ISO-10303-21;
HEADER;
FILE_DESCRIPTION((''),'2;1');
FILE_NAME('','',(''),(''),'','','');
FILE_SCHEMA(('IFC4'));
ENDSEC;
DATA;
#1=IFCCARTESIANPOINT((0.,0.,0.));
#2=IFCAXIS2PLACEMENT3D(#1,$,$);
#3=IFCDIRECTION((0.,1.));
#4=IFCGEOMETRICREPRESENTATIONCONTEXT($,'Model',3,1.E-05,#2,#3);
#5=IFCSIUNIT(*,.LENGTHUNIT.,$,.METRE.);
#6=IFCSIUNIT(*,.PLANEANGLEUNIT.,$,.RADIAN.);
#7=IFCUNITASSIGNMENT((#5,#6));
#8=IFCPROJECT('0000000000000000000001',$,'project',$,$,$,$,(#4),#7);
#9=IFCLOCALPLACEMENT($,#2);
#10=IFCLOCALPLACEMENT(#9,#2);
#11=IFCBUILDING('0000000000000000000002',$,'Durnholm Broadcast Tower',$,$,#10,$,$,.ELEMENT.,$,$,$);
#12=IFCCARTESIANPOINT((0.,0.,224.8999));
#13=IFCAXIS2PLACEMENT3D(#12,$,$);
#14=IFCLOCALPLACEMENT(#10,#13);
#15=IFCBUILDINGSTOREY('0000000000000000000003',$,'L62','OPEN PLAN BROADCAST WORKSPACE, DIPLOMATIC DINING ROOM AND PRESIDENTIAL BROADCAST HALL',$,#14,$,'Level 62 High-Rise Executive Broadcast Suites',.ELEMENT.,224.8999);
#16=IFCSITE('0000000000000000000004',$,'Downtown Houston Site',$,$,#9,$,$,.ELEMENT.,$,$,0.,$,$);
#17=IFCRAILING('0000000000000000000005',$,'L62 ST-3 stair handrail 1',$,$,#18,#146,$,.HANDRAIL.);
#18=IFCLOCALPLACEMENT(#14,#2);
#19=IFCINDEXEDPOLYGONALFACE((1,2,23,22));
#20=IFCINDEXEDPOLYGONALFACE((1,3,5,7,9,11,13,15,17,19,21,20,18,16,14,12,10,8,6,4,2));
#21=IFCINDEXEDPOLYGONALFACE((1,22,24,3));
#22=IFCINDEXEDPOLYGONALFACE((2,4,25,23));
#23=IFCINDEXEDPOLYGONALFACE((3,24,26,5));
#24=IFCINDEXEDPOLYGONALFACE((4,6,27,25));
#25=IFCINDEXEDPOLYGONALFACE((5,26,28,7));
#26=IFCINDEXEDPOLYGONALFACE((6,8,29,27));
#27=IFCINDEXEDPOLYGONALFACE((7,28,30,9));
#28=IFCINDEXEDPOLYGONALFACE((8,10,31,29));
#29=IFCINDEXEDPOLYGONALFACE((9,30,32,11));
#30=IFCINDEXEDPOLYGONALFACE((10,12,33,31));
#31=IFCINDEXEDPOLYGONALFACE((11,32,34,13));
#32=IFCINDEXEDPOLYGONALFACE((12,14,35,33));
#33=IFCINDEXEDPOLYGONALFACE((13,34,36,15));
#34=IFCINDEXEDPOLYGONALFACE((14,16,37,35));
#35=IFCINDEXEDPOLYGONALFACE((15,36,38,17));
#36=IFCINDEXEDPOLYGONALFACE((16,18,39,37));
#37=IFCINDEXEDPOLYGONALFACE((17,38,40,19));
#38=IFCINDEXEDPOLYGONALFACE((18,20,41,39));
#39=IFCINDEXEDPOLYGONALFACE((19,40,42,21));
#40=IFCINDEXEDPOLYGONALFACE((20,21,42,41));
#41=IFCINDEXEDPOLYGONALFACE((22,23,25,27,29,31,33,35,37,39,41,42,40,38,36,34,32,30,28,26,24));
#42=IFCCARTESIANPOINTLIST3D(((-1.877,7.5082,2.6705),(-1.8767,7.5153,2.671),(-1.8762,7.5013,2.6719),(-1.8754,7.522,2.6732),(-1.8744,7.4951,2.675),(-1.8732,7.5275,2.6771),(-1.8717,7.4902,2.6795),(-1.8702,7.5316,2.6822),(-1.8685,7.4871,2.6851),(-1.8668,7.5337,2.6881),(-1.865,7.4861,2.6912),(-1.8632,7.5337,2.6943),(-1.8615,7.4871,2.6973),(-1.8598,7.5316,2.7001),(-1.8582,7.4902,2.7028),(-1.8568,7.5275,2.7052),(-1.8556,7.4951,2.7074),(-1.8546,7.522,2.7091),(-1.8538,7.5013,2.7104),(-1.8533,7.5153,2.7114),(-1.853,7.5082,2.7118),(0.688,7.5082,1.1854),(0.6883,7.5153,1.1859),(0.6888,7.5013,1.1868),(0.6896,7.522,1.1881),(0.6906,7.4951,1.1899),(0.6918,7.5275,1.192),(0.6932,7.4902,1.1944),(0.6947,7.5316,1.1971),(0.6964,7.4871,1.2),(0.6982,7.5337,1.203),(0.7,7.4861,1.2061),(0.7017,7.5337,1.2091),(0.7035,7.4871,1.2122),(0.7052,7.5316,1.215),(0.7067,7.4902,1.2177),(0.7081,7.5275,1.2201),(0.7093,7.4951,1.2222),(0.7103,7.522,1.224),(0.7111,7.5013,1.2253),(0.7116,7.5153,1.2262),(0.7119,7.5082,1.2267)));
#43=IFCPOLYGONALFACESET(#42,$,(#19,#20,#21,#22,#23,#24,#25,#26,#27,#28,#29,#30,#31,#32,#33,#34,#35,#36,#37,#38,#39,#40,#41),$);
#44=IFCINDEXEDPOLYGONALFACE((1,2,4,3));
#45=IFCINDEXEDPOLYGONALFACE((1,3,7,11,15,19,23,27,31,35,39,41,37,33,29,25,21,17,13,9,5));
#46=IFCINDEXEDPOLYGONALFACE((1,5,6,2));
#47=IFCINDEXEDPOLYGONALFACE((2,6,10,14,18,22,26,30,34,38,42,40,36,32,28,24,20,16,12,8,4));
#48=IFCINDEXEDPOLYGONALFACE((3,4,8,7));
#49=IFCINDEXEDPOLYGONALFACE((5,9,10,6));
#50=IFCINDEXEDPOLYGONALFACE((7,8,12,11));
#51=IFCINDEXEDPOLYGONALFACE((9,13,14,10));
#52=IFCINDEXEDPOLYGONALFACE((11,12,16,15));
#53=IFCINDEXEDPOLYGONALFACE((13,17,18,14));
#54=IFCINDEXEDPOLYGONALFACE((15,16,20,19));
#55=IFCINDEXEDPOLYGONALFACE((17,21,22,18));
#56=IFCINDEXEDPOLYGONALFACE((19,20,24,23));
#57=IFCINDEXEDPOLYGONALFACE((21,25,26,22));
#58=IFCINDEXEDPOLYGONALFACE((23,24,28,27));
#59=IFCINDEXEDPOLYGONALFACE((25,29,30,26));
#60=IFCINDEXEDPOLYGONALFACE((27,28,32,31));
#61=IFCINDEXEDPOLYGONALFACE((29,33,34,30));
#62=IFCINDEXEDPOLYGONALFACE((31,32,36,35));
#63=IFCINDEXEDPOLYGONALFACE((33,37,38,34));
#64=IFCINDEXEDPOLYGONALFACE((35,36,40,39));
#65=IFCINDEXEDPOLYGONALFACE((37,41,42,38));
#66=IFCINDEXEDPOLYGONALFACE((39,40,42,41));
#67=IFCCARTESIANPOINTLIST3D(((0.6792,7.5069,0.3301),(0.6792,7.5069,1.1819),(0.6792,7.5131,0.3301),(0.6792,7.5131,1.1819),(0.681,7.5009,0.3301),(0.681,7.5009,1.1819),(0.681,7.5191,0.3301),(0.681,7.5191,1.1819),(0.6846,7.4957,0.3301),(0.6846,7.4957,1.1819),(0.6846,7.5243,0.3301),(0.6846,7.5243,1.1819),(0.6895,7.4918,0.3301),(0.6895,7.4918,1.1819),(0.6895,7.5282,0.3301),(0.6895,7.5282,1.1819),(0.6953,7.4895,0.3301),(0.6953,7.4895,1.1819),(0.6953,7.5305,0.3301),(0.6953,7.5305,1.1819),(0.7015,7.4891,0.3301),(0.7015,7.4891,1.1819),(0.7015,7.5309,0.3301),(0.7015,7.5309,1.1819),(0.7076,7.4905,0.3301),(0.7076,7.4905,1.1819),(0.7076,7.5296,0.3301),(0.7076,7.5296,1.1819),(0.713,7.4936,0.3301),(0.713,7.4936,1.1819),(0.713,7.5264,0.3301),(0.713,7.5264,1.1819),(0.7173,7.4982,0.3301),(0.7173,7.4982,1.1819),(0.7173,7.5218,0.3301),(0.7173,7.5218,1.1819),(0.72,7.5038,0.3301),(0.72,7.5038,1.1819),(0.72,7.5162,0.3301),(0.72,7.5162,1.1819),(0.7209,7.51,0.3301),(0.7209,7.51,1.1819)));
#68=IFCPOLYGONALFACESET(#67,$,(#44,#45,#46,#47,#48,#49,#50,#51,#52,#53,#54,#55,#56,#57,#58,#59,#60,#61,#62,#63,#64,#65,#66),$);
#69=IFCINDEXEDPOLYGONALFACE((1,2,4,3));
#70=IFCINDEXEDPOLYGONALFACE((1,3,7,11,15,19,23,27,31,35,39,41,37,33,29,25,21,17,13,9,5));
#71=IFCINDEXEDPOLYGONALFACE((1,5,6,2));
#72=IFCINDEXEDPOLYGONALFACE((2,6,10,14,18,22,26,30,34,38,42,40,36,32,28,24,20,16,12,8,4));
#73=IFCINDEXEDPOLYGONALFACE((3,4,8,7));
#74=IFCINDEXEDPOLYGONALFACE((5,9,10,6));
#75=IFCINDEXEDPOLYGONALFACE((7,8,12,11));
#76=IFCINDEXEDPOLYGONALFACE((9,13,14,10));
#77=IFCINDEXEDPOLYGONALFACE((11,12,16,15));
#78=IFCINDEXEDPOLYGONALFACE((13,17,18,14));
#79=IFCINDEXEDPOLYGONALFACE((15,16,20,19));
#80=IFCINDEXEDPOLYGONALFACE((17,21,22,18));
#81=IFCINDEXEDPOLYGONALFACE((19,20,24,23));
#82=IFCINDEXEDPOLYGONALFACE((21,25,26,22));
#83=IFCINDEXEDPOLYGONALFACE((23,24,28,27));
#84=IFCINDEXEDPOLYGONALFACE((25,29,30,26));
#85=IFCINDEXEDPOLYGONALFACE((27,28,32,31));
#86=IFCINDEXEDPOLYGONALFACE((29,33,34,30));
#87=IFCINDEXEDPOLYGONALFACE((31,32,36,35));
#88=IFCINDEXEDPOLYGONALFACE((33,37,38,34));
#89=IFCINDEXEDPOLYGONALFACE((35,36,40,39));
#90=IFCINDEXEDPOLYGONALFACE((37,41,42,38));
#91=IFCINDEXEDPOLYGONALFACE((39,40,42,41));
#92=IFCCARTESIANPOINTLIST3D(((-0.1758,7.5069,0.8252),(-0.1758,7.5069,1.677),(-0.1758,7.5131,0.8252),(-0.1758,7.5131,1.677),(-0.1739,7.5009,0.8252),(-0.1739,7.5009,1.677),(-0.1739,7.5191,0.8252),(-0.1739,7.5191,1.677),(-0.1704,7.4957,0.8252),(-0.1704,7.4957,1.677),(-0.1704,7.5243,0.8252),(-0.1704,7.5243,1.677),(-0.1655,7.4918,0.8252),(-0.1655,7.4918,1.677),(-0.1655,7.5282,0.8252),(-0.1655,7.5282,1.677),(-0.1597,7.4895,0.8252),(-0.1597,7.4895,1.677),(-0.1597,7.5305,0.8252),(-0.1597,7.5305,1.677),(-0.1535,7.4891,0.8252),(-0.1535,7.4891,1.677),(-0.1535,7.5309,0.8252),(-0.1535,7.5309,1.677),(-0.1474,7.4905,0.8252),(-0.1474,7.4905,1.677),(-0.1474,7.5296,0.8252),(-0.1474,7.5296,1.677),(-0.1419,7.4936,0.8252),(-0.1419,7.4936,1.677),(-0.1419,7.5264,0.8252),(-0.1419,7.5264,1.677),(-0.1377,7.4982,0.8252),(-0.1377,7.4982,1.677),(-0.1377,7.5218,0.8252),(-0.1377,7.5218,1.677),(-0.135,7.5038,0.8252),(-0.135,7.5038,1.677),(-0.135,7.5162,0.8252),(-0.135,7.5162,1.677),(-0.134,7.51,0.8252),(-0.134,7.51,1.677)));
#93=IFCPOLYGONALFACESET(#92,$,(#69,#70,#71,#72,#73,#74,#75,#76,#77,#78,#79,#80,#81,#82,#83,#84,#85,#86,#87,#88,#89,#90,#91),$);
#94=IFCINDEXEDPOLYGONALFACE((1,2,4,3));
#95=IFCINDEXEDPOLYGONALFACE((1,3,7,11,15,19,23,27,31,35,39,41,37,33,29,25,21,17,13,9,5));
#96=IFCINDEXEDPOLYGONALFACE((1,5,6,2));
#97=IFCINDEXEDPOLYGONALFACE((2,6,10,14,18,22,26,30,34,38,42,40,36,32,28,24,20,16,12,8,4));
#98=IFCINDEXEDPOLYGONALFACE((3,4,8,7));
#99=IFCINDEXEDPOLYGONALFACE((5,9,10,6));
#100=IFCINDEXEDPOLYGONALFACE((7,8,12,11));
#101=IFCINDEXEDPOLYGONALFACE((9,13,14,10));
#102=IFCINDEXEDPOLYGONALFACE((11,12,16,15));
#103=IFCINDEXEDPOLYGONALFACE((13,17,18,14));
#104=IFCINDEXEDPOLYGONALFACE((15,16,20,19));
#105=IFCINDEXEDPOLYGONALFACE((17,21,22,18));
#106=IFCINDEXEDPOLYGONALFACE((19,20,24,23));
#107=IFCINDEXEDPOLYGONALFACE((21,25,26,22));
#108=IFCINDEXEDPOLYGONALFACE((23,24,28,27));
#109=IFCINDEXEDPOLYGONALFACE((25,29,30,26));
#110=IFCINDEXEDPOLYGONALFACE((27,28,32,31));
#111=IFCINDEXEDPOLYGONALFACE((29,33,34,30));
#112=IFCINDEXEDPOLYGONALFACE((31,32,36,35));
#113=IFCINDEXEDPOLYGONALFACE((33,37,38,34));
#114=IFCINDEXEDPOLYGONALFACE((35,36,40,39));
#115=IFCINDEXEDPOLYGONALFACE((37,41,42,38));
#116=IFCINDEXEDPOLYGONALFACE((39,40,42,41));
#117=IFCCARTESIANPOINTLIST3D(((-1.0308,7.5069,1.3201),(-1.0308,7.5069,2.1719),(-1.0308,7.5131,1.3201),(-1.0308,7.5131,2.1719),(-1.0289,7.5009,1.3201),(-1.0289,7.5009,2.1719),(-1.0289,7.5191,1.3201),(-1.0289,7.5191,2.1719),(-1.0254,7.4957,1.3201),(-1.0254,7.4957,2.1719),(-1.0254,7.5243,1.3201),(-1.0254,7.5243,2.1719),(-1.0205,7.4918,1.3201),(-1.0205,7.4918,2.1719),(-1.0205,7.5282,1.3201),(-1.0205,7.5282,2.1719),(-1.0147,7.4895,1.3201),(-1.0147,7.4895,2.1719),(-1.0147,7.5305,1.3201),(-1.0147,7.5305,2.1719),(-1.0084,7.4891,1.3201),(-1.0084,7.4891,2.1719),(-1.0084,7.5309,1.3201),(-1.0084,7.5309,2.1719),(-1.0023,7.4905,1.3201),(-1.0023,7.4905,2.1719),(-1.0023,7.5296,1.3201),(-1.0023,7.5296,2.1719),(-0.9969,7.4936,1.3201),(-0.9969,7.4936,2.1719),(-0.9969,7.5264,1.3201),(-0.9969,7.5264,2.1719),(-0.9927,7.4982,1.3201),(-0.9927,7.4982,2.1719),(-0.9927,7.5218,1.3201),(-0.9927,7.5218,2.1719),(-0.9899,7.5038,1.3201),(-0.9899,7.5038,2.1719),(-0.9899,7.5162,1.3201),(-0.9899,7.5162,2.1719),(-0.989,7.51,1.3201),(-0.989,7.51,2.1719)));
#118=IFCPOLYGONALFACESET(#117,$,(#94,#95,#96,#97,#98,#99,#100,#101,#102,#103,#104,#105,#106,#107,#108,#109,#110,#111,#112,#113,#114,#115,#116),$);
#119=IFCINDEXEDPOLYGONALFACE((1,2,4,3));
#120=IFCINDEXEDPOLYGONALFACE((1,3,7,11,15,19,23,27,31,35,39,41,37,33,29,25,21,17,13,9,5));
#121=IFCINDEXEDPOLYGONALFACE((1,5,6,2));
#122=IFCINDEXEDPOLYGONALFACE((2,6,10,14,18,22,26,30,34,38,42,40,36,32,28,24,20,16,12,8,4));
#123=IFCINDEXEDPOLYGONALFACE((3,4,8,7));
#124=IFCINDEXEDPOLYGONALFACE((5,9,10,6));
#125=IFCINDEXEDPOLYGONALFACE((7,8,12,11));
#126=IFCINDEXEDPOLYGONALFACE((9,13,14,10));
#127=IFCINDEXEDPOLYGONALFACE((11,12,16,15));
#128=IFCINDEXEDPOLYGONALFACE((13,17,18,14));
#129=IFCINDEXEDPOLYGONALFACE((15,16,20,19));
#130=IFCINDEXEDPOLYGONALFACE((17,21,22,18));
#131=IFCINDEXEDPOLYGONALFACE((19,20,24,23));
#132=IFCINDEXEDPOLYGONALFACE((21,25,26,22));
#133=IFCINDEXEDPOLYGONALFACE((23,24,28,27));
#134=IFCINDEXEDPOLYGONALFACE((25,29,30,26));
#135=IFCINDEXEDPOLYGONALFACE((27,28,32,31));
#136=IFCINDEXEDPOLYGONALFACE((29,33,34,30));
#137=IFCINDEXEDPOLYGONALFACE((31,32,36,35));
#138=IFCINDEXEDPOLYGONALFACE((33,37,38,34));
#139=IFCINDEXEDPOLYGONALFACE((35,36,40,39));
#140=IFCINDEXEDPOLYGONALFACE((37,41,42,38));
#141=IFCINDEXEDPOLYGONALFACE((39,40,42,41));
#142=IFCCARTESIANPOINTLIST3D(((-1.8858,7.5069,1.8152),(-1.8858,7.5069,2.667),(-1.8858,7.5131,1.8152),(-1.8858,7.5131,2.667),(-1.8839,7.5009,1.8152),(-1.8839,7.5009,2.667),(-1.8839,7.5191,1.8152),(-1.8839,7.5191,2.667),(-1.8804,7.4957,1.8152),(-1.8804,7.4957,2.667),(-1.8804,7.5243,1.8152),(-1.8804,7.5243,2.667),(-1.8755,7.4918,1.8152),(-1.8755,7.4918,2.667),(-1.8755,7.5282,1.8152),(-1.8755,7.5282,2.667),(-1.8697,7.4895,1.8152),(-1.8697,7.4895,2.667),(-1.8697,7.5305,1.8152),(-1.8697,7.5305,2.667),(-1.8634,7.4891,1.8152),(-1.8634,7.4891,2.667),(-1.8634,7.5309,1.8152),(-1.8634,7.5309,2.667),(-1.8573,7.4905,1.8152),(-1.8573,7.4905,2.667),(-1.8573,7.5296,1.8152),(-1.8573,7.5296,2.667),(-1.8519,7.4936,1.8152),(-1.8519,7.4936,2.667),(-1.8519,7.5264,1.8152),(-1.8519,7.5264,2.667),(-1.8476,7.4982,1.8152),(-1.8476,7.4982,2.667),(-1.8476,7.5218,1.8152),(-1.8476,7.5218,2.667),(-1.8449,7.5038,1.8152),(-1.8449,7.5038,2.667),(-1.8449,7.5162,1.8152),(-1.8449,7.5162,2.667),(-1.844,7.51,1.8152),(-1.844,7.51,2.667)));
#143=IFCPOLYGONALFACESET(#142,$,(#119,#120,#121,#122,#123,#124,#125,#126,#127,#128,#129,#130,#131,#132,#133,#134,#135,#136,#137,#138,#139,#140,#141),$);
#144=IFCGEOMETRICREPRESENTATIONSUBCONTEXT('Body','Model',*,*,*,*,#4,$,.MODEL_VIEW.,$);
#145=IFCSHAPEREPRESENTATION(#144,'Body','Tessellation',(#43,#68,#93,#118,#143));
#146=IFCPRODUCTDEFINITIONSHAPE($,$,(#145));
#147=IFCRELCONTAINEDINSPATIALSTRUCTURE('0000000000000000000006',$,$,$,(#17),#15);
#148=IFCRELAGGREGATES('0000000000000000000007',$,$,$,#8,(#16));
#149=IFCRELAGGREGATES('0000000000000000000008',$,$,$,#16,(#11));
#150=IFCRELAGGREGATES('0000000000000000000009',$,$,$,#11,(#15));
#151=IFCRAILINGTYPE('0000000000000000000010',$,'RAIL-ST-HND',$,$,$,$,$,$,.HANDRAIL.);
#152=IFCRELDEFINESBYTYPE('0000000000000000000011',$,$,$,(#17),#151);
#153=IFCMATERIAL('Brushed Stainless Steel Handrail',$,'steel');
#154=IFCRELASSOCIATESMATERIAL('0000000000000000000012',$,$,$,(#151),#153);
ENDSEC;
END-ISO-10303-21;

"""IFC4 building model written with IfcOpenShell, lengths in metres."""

from ifc_helpers import new_model, si_unit, direction, frame, origin, origin_2d, place, context, subcontext, project, spatial, circle, extrude, material, type_object, element, save


model = new_model("IFC4")

# Units and contexts
model_context = context("Model", 3, precision=1e-05, world=origin(), true_north=direction((0.0, 1.0)))
body_context = subcontext(model_context, "Body", "Model", "MODEL_VIEW")
ifc_project = project(units=[si_unit("LENGTHUNIT", "METRE"), si_unit("PLANEANGLEUNIT", "RADIAN")], contexts=[model_context])

# Site, building, storey
site_placement = place(None, origin())
site = spatial("IfcSite", under=ifc_project, at=site_placement, Name="Downtown Houston Site", CompositionType="ELEMENT", RefElevation=0.0)
building_placement = place(site_placement, origin())
building = spatial("IfcBuilding", under=site, at=building_placement, Name="Durnholm Broadcast Tower", CompositionType="ELEMENT")
storey_placement = place(building_placement, frame((0.0, 0.0, 224.8999)))
storey = spatial("IfcBuildingStorey", under=building, at=storey_placement, Name="L62", Description="OPEN PLAN BROADCAST WORKSPACE, DIPLOMATIC DINING ROOM AND PRESIDENTIAL BROADCAST HALL", LongName="Level 62 High-Rise Executive Broadcast Suites", CompositionType="ELEMENT", Elevation=224.8999)

# Railing
ifc_material_1 = material(Name="Brushed Stainless Steel Handrail", Category="steel")
railing_type_1 = type_object("IfcRailingType", Name="RAIL-ST-HND", PredefinedType="HANDRAIL", material=ifc_material_1)
railing_1_placement = place(storey_placement, frame((0.7, 7.51, 0.3301)))
element("IfcRailing", 1, at=railing_1_placement, inside=storey, type_object=railing_type_1, Name="L62 ST-3 stair handrail 1", PredefinedType="HANDRAIL", context=body_context, shape_type="SweptSolid", body=[
    extrude(circle(Radius=0.0239, at=origin_2d()), frame((0.0, 0.0, 0.876), z_axis=(-0.865406, 0.0, 0.501072), x_axis=(0.0, -1.0, 0.0)), (0.0, 0.0, 1.0), 2.9639),
    extrude(circle(Radius=0.021, at=origin_2d()), origin(), (0.0, 0.0, 1.0), 0.8518),
    extrude(circle(Radius=0.021, at=origin_2d()), frame((-0.855, 0.0, 0.4951)), (0.0, 0.0, 1.0), 0.8518),
    extrude(circle(Radius=0.021, at=origin_2d()), frame((-1.71, 0.0, 0.99)), (0.0, 0.0, 1.0), 0.8518),
    extrude(circle(Radius=0.021, at=origin_2d()), frame((-2.5649, 0.0, 1.4851)), (0.0, 0.0, 1.0), 0.8518),
])

save(model, "model.ifc")
